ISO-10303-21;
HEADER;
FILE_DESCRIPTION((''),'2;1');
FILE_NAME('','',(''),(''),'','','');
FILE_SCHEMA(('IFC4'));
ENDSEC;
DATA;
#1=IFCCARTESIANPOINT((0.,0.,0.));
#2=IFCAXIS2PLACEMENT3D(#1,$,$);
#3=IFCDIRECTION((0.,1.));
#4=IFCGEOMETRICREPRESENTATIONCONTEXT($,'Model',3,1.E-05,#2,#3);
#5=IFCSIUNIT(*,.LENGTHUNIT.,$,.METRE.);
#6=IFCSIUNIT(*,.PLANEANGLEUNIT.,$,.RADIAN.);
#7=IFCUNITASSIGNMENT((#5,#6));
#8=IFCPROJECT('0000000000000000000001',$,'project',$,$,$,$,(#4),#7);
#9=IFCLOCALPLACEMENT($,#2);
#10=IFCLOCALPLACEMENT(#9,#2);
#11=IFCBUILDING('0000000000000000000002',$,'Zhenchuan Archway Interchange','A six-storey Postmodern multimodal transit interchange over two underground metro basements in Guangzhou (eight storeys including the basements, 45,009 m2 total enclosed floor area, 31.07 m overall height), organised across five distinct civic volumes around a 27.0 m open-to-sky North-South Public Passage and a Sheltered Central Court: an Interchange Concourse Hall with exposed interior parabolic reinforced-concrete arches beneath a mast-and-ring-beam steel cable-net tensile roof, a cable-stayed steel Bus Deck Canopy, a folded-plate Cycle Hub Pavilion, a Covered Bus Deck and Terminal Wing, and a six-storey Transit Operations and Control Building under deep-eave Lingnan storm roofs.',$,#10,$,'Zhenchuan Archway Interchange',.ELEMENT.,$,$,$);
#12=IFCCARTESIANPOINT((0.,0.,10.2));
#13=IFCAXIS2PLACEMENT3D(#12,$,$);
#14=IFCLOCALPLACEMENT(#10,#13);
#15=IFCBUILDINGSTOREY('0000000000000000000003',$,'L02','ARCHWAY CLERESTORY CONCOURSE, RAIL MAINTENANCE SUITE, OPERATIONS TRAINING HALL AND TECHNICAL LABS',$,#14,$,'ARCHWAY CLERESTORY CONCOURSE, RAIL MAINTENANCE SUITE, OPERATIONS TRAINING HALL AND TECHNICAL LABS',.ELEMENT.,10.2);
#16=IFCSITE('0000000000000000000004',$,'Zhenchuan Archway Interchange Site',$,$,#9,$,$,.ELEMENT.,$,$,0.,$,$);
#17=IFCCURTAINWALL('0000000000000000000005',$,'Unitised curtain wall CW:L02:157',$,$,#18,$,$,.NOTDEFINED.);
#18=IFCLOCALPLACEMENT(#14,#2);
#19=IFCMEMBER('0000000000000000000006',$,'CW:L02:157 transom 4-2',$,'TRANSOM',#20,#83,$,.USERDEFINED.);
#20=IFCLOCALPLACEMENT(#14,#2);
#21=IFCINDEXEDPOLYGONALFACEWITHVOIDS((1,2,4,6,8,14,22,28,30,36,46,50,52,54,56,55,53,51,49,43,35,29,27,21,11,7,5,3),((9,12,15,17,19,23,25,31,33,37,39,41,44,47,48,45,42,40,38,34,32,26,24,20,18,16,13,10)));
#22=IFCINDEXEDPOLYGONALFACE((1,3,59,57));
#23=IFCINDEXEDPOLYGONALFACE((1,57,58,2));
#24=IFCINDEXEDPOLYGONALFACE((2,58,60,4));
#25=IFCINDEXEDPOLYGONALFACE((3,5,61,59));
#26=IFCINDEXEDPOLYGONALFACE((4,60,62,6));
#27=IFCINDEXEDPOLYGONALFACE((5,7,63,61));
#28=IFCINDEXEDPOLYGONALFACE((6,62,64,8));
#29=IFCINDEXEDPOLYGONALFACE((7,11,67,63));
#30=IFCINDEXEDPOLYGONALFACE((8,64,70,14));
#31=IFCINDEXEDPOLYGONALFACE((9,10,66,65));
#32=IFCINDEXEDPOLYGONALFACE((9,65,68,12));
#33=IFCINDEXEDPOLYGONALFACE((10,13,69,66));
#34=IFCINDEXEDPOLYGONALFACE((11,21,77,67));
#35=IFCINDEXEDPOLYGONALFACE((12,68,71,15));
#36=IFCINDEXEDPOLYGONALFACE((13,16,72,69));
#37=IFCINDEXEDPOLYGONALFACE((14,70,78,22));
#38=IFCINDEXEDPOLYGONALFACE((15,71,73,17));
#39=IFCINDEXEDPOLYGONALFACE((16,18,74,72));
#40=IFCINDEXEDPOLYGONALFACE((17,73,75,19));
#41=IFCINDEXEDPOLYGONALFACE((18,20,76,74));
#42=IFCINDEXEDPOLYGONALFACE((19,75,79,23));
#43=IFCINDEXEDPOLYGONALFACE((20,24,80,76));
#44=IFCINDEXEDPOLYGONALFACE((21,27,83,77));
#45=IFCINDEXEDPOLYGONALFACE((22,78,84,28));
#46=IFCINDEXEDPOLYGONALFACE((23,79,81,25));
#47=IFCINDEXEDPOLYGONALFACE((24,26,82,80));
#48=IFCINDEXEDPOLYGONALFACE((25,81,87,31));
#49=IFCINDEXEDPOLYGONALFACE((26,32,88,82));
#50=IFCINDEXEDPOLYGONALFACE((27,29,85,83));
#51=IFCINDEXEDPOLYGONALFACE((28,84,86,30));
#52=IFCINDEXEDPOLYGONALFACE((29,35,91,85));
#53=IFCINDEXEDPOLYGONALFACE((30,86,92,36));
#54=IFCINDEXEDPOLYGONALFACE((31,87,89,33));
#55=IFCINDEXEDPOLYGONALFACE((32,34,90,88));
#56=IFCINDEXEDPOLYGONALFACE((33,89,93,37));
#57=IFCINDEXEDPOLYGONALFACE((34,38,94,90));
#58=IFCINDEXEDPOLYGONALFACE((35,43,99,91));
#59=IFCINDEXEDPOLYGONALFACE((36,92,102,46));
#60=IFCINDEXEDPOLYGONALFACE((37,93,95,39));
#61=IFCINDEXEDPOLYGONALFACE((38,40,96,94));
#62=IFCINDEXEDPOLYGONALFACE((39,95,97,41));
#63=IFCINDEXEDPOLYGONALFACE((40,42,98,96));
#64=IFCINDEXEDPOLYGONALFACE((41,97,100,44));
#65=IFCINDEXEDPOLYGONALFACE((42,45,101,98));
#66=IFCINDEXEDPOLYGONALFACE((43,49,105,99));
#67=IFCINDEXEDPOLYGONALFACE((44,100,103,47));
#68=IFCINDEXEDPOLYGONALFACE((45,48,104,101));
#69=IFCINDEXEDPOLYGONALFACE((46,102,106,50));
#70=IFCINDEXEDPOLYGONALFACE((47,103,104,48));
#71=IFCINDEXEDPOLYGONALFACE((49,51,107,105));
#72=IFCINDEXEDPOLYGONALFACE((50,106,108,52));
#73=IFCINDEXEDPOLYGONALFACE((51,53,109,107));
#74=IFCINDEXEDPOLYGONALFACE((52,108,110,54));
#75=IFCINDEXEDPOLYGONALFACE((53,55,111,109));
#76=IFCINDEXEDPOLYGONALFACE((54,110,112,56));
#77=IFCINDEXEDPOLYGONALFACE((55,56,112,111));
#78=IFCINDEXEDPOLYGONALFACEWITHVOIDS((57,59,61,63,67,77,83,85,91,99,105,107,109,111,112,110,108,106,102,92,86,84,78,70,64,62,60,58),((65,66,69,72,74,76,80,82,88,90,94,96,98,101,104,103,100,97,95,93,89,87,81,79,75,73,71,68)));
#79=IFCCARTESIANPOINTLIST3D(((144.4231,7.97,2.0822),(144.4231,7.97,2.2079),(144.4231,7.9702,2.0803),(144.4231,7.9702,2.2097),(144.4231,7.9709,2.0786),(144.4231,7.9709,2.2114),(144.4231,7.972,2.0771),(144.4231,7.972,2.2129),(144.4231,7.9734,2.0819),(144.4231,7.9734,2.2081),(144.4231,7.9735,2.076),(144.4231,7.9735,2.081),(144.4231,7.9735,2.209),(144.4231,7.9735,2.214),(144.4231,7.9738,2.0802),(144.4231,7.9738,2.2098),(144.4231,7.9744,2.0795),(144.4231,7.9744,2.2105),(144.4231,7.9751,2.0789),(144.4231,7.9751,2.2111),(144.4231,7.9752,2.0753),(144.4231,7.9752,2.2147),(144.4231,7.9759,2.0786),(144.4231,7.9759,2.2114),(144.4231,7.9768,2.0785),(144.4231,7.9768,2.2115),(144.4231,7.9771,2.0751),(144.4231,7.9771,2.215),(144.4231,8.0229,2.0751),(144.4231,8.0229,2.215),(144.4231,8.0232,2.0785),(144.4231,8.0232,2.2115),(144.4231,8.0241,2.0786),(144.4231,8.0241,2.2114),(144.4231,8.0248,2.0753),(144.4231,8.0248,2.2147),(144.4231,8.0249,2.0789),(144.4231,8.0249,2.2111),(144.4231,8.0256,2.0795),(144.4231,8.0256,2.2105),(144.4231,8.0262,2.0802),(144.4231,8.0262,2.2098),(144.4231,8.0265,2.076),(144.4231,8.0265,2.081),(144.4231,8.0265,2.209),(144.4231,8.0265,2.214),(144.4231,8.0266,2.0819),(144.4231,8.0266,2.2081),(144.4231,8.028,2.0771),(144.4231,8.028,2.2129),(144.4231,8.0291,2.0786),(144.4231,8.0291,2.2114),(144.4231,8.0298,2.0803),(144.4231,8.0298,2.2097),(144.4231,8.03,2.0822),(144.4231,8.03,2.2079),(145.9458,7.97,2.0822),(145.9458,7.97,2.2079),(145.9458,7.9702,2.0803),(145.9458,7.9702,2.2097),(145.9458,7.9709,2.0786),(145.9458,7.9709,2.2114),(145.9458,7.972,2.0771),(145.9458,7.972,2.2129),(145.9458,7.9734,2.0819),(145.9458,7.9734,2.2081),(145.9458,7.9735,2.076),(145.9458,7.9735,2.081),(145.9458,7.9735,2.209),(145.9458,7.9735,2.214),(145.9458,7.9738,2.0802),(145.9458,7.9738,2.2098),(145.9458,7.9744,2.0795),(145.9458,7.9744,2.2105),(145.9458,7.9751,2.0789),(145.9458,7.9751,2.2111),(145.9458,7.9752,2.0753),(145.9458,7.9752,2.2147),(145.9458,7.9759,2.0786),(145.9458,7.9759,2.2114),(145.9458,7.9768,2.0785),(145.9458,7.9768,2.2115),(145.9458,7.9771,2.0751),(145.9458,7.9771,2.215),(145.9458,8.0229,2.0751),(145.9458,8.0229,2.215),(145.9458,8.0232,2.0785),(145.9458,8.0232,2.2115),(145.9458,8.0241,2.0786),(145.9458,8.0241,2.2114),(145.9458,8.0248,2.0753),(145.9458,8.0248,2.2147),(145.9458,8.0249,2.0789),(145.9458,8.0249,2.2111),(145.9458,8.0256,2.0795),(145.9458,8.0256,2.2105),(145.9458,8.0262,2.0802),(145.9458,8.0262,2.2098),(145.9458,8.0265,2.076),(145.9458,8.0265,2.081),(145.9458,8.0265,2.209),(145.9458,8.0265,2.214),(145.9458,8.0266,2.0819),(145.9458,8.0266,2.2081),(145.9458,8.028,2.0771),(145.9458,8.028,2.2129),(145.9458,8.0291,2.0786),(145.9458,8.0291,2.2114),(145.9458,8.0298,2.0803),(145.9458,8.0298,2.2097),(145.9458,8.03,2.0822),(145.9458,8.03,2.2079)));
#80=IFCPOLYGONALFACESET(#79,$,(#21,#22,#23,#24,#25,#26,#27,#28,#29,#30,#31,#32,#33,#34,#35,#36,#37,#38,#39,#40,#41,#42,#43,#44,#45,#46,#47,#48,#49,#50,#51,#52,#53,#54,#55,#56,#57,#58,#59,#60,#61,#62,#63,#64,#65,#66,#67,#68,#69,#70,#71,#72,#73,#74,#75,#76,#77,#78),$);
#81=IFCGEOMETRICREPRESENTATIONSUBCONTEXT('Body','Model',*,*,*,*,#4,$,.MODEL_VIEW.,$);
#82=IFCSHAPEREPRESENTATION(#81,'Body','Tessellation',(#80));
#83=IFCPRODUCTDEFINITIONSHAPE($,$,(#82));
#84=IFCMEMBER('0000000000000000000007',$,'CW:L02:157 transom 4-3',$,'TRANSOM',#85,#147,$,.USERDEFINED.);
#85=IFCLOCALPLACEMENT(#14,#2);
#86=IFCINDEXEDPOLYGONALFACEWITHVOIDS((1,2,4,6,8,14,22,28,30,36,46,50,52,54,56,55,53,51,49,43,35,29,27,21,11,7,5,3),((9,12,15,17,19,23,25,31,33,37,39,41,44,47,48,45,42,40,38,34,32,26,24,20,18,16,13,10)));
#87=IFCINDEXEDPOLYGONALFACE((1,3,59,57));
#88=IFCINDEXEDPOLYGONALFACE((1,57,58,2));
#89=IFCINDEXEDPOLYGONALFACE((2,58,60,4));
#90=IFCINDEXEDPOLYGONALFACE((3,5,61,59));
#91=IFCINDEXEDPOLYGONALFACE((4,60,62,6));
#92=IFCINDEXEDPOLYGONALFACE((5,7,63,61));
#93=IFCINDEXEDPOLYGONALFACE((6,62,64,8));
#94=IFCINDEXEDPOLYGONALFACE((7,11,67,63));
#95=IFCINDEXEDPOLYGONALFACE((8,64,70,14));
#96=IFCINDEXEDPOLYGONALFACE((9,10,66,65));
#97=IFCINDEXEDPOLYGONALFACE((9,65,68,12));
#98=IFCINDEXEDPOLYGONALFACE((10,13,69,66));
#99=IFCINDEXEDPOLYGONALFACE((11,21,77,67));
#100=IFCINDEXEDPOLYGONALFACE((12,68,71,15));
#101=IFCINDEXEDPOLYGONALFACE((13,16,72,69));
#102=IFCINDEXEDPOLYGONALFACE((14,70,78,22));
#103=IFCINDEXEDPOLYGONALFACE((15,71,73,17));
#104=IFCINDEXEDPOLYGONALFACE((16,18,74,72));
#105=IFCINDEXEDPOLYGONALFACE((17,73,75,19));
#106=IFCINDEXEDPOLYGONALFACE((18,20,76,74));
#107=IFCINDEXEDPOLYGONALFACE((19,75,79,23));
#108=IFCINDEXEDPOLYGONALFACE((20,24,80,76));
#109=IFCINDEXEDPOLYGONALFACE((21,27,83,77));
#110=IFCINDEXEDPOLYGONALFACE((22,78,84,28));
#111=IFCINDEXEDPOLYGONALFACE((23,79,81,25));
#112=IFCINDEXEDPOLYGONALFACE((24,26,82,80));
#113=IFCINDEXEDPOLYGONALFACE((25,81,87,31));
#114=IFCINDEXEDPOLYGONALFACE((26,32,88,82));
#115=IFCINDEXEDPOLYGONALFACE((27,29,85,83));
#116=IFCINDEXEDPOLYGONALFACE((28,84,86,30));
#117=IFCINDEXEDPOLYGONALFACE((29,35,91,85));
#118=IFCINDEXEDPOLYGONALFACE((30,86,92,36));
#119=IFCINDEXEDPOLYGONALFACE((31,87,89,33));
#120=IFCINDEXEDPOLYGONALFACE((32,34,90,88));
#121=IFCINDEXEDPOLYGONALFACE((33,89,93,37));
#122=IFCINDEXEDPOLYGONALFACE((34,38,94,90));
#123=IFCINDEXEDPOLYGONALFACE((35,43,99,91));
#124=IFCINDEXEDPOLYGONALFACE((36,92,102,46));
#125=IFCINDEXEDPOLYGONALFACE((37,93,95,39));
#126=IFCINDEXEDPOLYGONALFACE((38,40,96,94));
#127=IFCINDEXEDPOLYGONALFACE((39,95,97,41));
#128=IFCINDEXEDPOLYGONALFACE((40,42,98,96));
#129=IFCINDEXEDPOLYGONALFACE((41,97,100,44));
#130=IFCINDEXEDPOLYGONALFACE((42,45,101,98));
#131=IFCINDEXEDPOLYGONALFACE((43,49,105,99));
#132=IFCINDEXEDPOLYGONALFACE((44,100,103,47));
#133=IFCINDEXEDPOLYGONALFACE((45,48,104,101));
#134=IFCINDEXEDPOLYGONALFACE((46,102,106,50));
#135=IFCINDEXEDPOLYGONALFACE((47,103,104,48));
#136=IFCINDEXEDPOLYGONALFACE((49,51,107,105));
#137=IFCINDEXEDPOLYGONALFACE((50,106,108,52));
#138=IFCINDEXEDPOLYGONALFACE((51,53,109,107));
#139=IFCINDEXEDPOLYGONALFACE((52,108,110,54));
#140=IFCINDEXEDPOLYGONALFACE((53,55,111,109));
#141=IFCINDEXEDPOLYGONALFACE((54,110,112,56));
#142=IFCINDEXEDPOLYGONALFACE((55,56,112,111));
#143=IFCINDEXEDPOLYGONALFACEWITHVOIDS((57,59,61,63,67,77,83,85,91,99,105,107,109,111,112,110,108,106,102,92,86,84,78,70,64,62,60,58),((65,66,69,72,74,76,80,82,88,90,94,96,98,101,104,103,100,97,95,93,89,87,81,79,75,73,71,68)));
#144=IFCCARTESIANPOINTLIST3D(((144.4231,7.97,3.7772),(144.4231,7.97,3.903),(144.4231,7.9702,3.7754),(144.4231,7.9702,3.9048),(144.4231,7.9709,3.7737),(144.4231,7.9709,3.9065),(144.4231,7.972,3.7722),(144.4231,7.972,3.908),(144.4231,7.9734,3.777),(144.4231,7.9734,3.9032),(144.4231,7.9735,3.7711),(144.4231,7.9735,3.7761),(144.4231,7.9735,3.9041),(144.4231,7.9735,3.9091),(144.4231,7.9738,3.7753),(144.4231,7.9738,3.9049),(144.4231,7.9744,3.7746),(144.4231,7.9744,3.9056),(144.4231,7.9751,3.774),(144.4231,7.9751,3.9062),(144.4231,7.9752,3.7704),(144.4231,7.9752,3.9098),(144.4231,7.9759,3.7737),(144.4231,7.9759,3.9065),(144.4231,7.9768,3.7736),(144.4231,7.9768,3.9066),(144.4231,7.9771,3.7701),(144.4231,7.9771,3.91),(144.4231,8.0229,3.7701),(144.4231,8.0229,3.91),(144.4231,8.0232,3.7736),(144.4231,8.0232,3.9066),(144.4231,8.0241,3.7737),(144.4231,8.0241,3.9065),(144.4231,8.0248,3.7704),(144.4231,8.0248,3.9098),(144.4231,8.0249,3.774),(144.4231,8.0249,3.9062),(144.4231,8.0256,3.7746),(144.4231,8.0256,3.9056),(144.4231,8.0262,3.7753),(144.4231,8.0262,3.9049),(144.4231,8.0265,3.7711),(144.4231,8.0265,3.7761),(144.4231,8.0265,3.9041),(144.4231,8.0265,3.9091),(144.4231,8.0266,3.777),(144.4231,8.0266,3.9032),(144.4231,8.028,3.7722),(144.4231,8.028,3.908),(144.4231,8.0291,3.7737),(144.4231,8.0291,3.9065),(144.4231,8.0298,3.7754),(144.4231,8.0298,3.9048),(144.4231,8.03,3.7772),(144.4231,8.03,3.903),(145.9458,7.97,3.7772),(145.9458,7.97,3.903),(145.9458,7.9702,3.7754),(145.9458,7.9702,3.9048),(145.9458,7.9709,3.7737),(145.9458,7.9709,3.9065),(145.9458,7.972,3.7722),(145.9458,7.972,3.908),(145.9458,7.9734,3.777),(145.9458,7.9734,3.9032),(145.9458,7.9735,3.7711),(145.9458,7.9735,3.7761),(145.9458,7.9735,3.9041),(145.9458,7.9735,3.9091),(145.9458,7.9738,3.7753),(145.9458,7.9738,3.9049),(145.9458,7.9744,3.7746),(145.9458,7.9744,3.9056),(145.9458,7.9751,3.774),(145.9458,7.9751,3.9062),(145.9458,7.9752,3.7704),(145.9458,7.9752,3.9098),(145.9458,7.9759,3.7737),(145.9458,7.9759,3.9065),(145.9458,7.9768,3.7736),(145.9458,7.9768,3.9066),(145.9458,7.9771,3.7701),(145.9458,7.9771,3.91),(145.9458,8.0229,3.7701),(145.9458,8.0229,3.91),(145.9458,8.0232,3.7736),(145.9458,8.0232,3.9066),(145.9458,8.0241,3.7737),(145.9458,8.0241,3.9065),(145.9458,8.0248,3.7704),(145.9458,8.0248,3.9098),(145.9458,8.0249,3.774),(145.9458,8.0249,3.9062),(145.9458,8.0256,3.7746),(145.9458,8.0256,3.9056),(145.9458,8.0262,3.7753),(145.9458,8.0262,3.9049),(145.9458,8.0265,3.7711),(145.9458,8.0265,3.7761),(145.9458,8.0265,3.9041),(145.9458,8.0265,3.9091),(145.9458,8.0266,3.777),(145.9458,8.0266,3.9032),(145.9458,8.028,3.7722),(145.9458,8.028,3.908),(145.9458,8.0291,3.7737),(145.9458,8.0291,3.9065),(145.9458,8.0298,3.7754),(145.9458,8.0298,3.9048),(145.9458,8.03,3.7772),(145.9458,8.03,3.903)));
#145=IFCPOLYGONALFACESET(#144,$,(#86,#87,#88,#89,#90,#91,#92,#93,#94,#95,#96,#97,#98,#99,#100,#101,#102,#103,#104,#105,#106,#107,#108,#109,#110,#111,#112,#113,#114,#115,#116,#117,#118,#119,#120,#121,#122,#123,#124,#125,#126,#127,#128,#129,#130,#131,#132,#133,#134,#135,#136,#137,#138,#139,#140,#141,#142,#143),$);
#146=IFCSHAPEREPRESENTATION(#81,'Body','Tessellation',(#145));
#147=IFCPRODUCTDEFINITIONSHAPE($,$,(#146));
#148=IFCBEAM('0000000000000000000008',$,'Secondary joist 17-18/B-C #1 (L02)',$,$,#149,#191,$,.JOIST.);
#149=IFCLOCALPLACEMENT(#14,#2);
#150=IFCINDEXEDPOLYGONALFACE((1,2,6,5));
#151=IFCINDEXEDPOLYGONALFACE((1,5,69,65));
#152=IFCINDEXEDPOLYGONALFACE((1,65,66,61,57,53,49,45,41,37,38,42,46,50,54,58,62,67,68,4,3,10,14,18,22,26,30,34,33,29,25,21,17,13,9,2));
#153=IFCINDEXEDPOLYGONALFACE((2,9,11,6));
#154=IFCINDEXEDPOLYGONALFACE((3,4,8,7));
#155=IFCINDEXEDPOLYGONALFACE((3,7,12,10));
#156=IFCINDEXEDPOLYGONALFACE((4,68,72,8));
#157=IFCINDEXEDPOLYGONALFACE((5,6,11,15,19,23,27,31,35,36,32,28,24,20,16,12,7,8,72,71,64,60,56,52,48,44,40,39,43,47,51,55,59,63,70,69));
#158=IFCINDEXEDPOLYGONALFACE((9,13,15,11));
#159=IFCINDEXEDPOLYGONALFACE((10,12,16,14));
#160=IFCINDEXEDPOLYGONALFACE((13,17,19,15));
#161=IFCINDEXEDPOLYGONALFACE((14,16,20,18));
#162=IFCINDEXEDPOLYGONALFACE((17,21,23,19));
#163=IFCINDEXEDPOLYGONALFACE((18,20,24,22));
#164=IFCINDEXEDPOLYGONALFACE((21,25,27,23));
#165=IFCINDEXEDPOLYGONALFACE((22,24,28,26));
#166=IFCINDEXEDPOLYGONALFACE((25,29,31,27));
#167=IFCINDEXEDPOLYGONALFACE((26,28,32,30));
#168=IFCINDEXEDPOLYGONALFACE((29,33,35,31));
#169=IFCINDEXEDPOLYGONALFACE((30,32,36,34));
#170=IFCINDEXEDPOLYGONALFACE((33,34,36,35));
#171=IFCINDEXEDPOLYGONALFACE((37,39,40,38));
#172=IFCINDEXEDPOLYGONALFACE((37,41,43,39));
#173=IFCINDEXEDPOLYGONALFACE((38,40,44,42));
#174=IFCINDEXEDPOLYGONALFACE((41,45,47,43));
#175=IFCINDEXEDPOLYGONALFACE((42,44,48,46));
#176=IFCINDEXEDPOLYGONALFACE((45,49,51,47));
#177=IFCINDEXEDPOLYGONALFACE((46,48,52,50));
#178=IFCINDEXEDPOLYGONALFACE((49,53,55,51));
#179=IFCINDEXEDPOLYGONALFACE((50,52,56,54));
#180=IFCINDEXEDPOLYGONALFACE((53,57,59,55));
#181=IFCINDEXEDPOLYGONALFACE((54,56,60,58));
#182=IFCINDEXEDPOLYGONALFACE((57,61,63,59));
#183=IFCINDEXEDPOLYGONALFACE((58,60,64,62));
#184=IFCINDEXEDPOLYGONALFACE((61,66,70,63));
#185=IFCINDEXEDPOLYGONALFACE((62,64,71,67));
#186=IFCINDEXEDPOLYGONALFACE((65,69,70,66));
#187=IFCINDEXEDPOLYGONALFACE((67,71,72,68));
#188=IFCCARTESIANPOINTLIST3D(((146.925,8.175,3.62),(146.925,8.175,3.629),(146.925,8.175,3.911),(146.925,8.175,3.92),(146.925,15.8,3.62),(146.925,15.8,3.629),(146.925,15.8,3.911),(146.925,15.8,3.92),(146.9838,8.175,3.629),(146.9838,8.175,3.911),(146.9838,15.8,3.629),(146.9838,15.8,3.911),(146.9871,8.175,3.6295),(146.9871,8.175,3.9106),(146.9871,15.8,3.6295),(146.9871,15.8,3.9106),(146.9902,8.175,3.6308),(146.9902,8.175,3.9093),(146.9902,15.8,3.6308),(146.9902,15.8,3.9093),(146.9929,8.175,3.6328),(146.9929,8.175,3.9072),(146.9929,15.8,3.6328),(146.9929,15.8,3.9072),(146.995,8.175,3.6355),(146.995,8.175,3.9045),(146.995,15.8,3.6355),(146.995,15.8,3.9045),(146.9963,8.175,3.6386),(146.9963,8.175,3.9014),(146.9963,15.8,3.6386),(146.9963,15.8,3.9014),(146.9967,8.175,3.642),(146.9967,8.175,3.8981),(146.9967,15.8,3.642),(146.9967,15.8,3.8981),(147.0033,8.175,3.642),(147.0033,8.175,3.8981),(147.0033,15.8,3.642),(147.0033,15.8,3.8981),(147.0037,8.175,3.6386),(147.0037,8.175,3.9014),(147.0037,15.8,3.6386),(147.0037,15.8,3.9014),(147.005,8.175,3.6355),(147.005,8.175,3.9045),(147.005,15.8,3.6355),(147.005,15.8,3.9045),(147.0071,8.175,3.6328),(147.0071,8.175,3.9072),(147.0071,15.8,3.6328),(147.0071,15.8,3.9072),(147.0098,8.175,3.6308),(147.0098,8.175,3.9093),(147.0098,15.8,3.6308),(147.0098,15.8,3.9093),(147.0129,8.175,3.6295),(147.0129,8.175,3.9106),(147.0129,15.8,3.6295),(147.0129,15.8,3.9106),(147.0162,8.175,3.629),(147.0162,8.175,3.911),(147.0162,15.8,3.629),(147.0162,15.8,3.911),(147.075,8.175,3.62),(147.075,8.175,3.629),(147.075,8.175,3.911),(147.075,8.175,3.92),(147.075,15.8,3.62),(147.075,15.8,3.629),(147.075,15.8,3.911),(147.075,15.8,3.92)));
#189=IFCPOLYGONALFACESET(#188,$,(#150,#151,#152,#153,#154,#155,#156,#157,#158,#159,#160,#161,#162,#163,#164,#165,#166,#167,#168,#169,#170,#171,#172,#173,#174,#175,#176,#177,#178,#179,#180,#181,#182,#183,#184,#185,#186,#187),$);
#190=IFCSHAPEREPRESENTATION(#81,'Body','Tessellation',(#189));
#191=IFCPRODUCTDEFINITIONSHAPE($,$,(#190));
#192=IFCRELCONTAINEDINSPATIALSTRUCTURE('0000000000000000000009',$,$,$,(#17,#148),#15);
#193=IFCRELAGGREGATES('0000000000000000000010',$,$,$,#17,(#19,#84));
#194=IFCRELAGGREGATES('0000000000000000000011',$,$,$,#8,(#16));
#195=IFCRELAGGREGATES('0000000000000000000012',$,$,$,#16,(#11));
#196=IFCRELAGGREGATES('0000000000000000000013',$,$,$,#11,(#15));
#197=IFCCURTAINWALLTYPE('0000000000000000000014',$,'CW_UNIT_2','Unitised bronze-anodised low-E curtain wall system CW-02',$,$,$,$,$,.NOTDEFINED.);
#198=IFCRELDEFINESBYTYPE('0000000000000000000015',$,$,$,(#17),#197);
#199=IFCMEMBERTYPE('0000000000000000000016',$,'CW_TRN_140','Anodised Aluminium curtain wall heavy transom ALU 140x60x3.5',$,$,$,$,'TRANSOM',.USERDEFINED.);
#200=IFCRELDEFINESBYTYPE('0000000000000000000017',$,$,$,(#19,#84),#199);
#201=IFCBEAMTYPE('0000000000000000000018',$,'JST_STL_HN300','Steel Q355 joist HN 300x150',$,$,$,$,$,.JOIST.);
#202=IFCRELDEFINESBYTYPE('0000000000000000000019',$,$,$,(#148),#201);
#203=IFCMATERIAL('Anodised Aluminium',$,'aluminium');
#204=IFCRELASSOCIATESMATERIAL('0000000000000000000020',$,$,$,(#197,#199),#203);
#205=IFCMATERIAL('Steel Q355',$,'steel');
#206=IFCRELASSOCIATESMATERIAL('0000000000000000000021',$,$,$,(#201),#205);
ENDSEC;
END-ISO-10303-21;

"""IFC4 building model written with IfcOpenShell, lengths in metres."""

from ifc_helpers import new_model, si_unit, direction, frame, origin, origin_2d, place, context, subcontext, project, spatial, hollow_rectangle, i_section, extrude, material, material_profile, profile_set, type_object, element, aggregate, save


model = new_model("IFC4")

# Units and contexts
model_context = context("Model", 3, precision=1e-05, world=origin(), true_north=direction((0.0, 1.0)))
body_context = subcontext(model_context, "Body", "Model", "MODEL_VIEW")
ifc_project = project(units=[si_unit("LENGTHUNIT", "METRE"), si_unit("PLANEANGLEUNIT", "RADIAN")], contexts=[model_context])

# Site, building, storey
site_placement = place(None, origin())
site = spatial("IfcSite", under=ifc_project, at=site_placement, Name="Zhenchuan Archway Interchange Site", CompositionType="ELEMENT", RefElevation=0.0)
building_placement = place(site_placement, origin())
building = spatial("IfcBuilding", under=site, at=building_placement, Name="Zhenchuan Archway Interchange", Description="A six-storey Postmodern multimodal transit interchange over two underground metro basements in Guangzhou (eight storeys including the basements, 45,009 m2 total enclosed floor area, 31.07 m overall height), organised across five distinct civic volumes around a 27.0 m open-to-sky North-South Public Passage and a Sheltered Central Court: an Interchange Concourse Hall with exposed interior parabolic reinforced-concrete arches beneath a mast-and-ring-beam steel cable-net tensile roof, a cable-stayed steel Bus Deck Canopy, a folded-plate Cycle Hub Pavilion, a Covered Bus Deck and Terminal Wing, and a six-storey Transit Operations and Control Building under deep-eave Lingnan storm roofs.", LongName="Zhenchuan Archway Interchange", CompositionType="ELEMENT")
storey_placement = place(building_placement, frame((0.0, 0.0, 10.2)))
storey = spatial("IfcBuildingStorey", under=building, at=storey_placement, Name="L02", Description="ARCHWAY CLERESTORY CONCOURSE, RAIL MAINTENANCE SUITE, OPERATIONS TRAINING HALL AND TECHNICAL LABS", LongName="ARCHWAY CLERESTORY CONCOURSE, RAIL MAINTENANCE SUITE, OPERATIONS TRAINING HALL AND TECHNICAL LABS", CompositionType="ELEMENT", Elevation=10.2)

# Curtain wall, members
ifc_material_1 = material(Name="Anodised Aluminium", Category="aluminium")
curtain_wall_type = type_object("IfcCurtainWallType", Name="CW_UNIT_2", Description="Unitised bronze-anodised low-E curtain wall system CW-02", PredefinedType="NOTDEFINED", material=ifc_material_1)
curtain_wall_placement = place(storey_placement, origin())
curtain_wall = element("IfcCurtainWall", 1, at=curtain_wall_placement, inside=storey, type_object=curtain_wall_type, Name="Unitised curtain wall CW:L02:157", PredefinedType="NOTDEFINED")
ifc_material_profile_1 = material_profile(ifc_material_1, hollow_rectangle(XDim=0.0601, YDim=0.1399, WallThickness=0.0034, InnerFilletRadius=0.0034, OuterFilletRadius=0.0071, at=origin_2d()), Name="ALU 140x60x3.5")
ifc_profile_set_1 = profile_set([ifc_material_profile_1], Name="Anodised Aluminium")
member_type_1 = type_object("IfcMemberType", Name="CW_TRN_140", Description="Anodised Aluminium curtain wall heavy transom ALU 140x60x3.5", ElementType="TRANSOM", PredefinedType="USERDEFINED", material=ifc_profile_set_1)
member_1_placement = place(storey_placement, frame((145.9458, 8.0, 2.145), z_axis=(-1.0, 0.0, 0.0), x_axis=(0.0, -1.0, 0.0)))
member_1 = element("IfcMember", 2, at=member_1_placement, type_object=member_type_1, Name="CW:L02:157 transom 4-2", ObjectType="TRANSOM", PredefinedType="USERDEFINED", context=body_context, shape_type="SweptSolid", body=[
    extrude(hollow_rectangle(XDim=0.0601, YDim=0.1399, WallThickness=0.0034, InnerFilletRadius=0.0034, OuterFilletRadius=0.0071, at=origin_2d()), origin(), (0.0, 0.0, 1.0), 1.5227),
])
member_2_placement = place(storey_placement, frame((145.9458, 8.0, 3.8401), z_axis=(-1.0, 0.0, 0.0), x_axis=(0.0, -1.0, 0.0)))
member_2 = element("IfcMember", 3, at=member_2_placement, type_object=member_type_1, Name="CW:L02:157 transom 4-3", ObjectType="TRANSOM", PredefinedType="USERDEFINED", context=body_context, shape_type="SweptSolid", body=[
    extrude(hollow_rectangle(XDim=0.0601, YDim=0.1399, WallThickness=0.0034, InnerFilletRadius=0.0034, OuterFilletRadius=0.0071, at=origin_2d()), origin(), (0.0, 0.0, 1.0), 1.5227),
])

# Beam
ifc_material_2 = material(Name="Steel Q355", Category="steel")
ifc_material_profile_2 = material_profile(ifc_material_2, i_section(OverallWidth=0.1499, OverallDepth=0.3, WebThickness=0.0066, FlangeThickness=0.009, FilletRadius=0.0129, at=origin_2d()), Name="HN 300x150")
ifc_profile_set_2 = profile_set([ifc_material_profile_2], Name="Steel Q355")
beam_type_1 = type_object("IfcBeamType", Name="JST_STL_HN300", Description="Steel Q355 joist HN 300x150", PredefinedType="JOIST", material=ifc_profile_set_2)
beam_1_placement = place(storey_placement, frame((147.0, 8.175, 3.77), z_axis=(0.0, 1.0, 0.0), x_axis=(-1.0, 0.0, 0.0)))
element("IfcBeam", 4, at=beam_1_placement, inside=storey, type_object=beam_type_1, Name="Secondary joist 17-18/B-C #1 (L02)", PredefinedType="JOIST", context=body_context, shape_type="SweptSolid", body=[
    extrude(i_section(OverallWidth=0.1499, OverallDepth=0.3, WebThickness=0.0066, FlangeThickness=0.009, FilletRadius=0.0129, at=origin_2d()), origin(), (0.0, 0.0, 1.0), 7.625),
])

aggregate(curtain_wall, [member_1, member_2])

save(model, "model.ifc")
